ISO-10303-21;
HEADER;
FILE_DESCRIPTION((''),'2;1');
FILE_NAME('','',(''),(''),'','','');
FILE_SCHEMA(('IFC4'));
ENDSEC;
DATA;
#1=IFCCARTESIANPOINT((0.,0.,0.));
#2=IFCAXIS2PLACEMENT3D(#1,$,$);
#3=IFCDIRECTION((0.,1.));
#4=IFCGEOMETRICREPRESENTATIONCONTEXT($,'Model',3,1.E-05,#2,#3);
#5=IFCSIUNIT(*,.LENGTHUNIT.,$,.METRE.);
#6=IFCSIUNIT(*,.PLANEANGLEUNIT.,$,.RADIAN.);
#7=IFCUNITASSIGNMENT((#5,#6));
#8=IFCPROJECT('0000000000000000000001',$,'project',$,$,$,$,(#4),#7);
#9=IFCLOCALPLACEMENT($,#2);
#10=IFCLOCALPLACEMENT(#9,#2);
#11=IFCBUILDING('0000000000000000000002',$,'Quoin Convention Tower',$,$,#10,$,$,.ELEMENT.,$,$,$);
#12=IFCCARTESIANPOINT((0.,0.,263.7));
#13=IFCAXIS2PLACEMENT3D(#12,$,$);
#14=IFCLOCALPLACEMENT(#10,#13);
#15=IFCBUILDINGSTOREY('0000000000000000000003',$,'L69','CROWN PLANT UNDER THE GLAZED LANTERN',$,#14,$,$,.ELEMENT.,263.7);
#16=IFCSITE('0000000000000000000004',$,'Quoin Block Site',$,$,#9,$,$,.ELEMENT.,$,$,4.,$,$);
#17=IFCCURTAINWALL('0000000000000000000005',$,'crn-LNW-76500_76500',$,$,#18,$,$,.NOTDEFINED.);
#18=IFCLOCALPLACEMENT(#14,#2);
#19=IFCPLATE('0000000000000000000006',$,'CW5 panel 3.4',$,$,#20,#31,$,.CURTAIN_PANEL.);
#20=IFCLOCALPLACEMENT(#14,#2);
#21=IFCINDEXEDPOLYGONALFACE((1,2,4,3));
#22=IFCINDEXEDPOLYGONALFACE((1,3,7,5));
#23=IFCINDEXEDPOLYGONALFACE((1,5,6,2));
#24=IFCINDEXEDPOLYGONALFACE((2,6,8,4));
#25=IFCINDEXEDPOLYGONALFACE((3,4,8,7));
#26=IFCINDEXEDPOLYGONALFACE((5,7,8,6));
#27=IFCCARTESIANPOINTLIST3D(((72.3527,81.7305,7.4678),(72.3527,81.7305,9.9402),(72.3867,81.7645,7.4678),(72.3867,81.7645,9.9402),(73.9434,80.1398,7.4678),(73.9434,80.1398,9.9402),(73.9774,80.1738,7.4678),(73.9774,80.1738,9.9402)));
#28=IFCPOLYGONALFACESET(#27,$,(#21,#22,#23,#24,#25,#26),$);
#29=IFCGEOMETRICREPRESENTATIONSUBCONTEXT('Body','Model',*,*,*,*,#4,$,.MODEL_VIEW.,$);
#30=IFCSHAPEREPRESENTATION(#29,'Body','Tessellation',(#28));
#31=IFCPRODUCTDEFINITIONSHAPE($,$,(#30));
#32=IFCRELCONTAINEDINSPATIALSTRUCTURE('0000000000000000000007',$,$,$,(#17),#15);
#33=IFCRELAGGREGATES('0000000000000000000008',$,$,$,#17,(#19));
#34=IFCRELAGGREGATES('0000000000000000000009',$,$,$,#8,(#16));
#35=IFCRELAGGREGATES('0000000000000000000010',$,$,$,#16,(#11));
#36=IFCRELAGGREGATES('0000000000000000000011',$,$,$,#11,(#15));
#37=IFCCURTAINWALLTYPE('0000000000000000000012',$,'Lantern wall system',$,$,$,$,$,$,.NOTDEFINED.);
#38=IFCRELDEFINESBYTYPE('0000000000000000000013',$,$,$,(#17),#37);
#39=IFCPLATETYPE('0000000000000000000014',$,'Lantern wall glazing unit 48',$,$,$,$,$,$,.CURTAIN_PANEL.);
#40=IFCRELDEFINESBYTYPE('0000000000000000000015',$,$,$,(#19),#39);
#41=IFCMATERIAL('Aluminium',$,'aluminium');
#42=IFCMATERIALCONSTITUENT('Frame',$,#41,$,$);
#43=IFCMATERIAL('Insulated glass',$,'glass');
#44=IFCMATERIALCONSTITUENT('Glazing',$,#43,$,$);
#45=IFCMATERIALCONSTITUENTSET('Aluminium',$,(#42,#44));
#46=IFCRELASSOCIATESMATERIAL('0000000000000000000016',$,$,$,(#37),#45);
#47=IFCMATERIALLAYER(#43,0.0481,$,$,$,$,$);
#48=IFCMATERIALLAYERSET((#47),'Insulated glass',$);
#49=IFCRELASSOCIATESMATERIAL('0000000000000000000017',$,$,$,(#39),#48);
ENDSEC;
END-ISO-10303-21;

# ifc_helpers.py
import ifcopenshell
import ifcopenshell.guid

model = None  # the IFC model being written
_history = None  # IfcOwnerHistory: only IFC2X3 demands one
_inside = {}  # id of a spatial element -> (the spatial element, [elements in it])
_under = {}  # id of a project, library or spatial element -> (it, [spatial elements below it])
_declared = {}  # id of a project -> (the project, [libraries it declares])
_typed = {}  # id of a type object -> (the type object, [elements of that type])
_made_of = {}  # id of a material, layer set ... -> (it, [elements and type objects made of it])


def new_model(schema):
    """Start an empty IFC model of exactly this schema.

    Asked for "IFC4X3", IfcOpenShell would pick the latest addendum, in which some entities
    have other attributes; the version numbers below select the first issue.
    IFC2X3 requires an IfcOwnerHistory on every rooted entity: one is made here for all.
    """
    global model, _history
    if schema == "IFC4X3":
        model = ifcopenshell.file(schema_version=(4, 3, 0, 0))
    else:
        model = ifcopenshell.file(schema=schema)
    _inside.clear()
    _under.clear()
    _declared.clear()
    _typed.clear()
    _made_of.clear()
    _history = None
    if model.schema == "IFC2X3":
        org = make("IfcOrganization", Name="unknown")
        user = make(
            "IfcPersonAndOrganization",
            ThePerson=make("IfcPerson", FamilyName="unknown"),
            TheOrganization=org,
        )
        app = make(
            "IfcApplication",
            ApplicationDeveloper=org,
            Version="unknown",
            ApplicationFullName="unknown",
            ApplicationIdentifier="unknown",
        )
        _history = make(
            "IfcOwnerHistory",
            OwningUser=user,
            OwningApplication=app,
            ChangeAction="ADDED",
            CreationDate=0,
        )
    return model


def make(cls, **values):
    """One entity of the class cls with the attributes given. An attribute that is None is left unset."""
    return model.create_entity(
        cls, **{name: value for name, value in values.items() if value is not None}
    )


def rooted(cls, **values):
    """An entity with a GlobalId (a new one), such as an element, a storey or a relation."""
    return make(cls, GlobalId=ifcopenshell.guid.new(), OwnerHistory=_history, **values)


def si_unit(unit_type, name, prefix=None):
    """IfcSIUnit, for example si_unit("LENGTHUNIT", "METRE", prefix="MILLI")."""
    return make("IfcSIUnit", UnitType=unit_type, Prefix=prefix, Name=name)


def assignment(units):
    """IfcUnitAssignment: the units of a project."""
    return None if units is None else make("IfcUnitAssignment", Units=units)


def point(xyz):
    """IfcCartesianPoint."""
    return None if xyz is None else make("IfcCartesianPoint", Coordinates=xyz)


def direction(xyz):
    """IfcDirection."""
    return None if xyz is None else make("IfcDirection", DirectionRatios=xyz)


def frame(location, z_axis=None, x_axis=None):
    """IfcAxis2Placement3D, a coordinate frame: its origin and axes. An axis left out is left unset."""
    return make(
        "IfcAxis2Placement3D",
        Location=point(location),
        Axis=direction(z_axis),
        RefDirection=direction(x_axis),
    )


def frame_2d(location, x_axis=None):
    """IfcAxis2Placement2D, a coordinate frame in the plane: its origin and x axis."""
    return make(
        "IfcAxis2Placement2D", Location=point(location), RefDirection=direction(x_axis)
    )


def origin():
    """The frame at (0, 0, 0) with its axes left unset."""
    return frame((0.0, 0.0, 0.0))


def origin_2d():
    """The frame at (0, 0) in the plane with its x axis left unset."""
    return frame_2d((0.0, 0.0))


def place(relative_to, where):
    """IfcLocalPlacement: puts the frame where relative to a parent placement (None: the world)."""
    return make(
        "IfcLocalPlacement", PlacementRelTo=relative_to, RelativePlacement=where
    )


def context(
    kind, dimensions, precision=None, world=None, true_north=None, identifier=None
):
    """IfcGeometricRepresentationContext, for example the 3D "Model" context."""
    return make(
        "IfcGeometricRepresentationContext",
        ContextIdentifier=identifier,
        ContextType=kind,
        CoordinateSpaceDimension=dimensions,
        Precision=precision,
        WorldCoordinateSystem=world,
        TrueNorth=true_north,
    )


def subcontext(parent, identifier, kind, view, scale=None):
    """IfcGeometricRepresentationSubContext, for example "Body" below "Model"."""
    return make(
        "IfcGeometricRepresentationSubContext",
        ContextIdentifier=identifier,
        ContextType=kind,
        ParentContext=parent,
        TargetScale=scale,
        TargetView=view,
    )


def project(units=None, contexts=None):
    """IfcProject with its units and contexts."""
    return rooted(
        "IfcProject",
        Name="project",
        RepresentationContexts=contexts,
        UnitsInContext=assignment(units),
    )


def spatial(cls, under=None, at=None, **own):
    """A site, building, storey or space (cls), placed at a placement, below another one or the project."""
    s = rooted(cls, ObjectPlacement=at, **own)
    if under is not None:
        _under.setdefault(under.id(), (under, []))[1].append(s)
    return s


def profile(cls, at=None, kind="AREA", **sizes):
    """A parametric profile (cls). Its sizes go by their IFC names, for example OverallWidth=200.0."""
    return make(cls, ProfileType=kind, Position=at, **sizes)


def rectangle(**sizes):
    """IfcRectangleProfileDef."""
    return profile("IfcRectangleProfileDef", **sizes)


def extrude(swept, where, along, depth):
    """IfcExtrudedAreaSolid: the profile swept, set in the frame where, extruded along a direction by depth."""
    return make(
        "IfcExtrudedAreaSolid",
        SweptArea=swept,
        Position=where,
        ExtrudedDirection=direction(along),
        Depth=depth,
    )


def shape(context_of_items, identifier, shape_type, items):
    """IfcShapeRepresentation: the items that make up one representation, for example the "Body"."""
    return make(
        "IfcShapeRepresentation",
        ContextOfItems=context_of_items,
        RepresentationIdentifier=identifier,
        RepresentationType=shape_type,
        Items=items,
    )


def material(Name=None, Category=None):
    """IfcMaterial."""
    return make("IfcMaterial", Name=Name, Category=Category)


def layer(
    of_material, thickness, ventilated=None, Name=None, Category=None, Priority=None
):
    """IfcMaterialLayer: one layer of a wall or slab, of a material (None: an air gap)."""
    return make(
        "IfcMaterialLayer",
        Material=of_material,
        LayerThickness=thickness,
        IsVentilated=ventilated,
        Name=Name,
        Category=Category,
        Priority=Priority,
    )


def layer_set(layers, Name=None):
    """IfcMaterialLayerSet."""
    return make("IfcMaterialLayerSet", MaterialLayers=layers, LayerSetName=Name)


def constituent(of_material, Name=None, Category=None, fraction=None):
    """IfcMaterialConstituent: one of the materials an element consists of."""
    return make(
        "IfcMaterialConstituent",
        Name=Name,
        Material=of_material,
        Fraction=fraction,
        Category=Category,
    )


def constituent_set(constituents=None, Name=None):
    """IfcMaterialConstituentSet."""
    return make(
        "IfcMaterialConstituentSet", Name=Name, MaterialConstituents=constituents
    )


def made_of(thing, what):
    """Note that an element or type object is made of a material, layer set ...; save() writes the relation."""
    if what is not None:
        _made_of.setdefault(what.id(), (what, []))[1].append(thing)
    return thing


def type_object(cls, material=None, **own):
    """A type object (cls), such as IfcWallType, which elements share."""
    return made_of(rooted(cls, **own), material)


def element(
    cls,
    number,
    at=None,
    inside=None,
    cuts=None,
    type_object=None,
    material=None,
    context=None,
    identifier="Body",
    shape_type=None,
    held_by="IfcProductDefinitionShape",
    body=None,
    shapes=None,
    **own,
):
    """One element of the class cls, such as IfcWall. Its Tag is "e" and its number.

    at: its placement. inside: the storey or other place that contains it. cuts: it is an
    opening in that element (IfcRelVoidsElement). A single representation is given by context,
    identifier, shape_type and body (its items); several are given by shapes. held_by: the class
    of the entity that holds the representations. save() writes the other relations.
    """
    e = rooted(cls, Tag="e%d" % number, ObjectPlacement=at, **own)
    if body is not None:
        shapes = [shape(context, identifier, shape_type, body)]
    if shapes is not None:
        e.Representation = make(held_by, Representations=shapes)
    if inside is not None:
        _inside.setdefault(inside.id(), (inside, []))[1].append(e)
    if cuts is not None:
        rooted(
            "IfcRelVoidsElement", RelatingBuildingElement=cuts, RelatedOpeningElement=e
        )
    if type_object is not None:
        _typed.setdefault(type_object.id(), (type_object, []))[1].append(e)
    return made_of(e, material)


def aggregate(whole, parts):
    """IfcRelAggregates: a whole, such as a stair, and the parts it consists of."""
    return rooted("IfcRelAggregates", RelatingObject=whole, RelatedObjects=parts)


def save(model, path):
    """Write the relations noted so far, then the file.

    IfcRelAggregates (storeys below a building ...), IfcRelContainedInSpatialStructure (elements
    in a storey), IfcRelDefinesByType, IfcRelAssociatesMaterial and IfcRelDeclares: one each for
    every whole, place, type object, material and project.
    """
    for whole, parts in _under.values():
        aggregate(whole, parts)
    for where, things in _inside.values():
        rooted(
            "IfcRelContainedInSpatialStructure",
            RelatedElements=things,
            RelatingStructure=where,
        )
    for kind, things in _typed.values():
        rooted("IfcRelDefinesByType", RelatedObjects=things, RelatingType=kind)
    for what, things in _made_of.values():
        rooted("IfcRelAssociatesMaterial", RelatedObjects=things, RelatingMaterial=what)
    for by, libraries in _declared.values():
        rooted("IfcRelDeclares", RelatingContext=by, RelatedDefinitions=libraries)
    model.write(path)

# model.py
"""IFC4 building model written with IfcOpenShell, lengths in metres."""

from ifc_helpers import new_model, si_unit, direction, frame, origin, origin_2d, place, context, subcontext, project, spatial, rectangle, extrude, material, layer, layer_set, constituent, constituent_set, type_object, element, aggregate, save


model = new_model("IFC4")

# Units and contexts
model_context = context("Model", 3, precision=1e-05, world=origin(), true_north=direction((0.0, 1.0)))
body_context = subcontext(model_context, "Body", "Model", "MODEL_VIEW")
ifc_project = project(units=[si_unit("LENGTHUNIT", "METRE"), si_unit("PLANEANGLEUNIT", "RADIAN")], contexts=[model_context])

# Site, building, storey
site_placement = place(None, origin())
site = spatial("IfcSite", under=ifc_project, at=site_placement, Name="Quoin Block Site", CompositionType="ELEMENT", RefElevation=4.0)
building_placement = place(site_placement, origin())
building = spatial("IfcBuilding", under=site, at=building_placement, Name="Quoin Convention Tower", CompositionType="ELEMENT")
storey_placement = place(building_placement, frame((0.0, 0.0, 263.7)))
storey = spatial("IfcBuildingStorey", under=building, at=storey_placement, Name="L69", Description="CROWN PLANT UNDER THE GLAZED LANTERN", CompositionType="ELEMENT", Elevation=263.7)

# Curtain wall
ifc_material_1 = material(Name="Aluminium", Category="aluminium")
ifc_constituent_1 = constituent(ifc_material_1, Name="Frame")
ifc_material_2 = material(Name="Insulated glass", Category="glass")
ifc_constituent_2 = constituent(ifc_material_2, Name="Glazing")
ifc_constituent_set = constituent_set(constituents=[ifc_constituent_1, ifc_constituent_2], Name="Aluminium")
curtain_wall_type = type_object("IfcCurtainWallType", Name="Lantern wall system", PredefinedType="NOTDEFINED", material=ifc_constituent_set)
curtain_wall_1_placement = place(storey_placement, origin())
curtain_wall_1 = element("IfcCurtainWall", 1, at=curtain_wall_1_placement, inside=storey, type_object=curtain_wall_type, Name="crn-LNW-76500_76500", PredefinedType="NOTDEFINED")

# Plate
ifc_layer = layer(ifc_material_2, 0.0481)
ifc_layer_set = layer_set([ifc_layer], Name="Insulated glass")
plate_type = type_object("IfcPlateType", Name="Lantern wall glazing unit 48", PredefinedType="CURTAIN_PANEL", material=ifc_layer_set)
plate_1_placement = place(storey_placement, frame((73.165, 80.9521, 7.4678), z_axis=(0.0, 0.0, 1.0), x_axis=(-0.707107, 0.707107, 0.0)))
plate_1 = element("IfcPlate", 2, at=plate_1_placement, type_object=plate_type, Name="CW5 panel 3.4", PredefinedType="CURTAIN_PANEL", context=body_context, shape_type="SweptSolid", body=[
    extrude(rectangle(XDim=2.2495, YDim=0.0481, at=origin_2d()), origin(), (0.0, 0.0, 1.0), 2.4724),
])
aggregate(curtain_wall_1, [plate_1])

save(model, "model.ifc")
